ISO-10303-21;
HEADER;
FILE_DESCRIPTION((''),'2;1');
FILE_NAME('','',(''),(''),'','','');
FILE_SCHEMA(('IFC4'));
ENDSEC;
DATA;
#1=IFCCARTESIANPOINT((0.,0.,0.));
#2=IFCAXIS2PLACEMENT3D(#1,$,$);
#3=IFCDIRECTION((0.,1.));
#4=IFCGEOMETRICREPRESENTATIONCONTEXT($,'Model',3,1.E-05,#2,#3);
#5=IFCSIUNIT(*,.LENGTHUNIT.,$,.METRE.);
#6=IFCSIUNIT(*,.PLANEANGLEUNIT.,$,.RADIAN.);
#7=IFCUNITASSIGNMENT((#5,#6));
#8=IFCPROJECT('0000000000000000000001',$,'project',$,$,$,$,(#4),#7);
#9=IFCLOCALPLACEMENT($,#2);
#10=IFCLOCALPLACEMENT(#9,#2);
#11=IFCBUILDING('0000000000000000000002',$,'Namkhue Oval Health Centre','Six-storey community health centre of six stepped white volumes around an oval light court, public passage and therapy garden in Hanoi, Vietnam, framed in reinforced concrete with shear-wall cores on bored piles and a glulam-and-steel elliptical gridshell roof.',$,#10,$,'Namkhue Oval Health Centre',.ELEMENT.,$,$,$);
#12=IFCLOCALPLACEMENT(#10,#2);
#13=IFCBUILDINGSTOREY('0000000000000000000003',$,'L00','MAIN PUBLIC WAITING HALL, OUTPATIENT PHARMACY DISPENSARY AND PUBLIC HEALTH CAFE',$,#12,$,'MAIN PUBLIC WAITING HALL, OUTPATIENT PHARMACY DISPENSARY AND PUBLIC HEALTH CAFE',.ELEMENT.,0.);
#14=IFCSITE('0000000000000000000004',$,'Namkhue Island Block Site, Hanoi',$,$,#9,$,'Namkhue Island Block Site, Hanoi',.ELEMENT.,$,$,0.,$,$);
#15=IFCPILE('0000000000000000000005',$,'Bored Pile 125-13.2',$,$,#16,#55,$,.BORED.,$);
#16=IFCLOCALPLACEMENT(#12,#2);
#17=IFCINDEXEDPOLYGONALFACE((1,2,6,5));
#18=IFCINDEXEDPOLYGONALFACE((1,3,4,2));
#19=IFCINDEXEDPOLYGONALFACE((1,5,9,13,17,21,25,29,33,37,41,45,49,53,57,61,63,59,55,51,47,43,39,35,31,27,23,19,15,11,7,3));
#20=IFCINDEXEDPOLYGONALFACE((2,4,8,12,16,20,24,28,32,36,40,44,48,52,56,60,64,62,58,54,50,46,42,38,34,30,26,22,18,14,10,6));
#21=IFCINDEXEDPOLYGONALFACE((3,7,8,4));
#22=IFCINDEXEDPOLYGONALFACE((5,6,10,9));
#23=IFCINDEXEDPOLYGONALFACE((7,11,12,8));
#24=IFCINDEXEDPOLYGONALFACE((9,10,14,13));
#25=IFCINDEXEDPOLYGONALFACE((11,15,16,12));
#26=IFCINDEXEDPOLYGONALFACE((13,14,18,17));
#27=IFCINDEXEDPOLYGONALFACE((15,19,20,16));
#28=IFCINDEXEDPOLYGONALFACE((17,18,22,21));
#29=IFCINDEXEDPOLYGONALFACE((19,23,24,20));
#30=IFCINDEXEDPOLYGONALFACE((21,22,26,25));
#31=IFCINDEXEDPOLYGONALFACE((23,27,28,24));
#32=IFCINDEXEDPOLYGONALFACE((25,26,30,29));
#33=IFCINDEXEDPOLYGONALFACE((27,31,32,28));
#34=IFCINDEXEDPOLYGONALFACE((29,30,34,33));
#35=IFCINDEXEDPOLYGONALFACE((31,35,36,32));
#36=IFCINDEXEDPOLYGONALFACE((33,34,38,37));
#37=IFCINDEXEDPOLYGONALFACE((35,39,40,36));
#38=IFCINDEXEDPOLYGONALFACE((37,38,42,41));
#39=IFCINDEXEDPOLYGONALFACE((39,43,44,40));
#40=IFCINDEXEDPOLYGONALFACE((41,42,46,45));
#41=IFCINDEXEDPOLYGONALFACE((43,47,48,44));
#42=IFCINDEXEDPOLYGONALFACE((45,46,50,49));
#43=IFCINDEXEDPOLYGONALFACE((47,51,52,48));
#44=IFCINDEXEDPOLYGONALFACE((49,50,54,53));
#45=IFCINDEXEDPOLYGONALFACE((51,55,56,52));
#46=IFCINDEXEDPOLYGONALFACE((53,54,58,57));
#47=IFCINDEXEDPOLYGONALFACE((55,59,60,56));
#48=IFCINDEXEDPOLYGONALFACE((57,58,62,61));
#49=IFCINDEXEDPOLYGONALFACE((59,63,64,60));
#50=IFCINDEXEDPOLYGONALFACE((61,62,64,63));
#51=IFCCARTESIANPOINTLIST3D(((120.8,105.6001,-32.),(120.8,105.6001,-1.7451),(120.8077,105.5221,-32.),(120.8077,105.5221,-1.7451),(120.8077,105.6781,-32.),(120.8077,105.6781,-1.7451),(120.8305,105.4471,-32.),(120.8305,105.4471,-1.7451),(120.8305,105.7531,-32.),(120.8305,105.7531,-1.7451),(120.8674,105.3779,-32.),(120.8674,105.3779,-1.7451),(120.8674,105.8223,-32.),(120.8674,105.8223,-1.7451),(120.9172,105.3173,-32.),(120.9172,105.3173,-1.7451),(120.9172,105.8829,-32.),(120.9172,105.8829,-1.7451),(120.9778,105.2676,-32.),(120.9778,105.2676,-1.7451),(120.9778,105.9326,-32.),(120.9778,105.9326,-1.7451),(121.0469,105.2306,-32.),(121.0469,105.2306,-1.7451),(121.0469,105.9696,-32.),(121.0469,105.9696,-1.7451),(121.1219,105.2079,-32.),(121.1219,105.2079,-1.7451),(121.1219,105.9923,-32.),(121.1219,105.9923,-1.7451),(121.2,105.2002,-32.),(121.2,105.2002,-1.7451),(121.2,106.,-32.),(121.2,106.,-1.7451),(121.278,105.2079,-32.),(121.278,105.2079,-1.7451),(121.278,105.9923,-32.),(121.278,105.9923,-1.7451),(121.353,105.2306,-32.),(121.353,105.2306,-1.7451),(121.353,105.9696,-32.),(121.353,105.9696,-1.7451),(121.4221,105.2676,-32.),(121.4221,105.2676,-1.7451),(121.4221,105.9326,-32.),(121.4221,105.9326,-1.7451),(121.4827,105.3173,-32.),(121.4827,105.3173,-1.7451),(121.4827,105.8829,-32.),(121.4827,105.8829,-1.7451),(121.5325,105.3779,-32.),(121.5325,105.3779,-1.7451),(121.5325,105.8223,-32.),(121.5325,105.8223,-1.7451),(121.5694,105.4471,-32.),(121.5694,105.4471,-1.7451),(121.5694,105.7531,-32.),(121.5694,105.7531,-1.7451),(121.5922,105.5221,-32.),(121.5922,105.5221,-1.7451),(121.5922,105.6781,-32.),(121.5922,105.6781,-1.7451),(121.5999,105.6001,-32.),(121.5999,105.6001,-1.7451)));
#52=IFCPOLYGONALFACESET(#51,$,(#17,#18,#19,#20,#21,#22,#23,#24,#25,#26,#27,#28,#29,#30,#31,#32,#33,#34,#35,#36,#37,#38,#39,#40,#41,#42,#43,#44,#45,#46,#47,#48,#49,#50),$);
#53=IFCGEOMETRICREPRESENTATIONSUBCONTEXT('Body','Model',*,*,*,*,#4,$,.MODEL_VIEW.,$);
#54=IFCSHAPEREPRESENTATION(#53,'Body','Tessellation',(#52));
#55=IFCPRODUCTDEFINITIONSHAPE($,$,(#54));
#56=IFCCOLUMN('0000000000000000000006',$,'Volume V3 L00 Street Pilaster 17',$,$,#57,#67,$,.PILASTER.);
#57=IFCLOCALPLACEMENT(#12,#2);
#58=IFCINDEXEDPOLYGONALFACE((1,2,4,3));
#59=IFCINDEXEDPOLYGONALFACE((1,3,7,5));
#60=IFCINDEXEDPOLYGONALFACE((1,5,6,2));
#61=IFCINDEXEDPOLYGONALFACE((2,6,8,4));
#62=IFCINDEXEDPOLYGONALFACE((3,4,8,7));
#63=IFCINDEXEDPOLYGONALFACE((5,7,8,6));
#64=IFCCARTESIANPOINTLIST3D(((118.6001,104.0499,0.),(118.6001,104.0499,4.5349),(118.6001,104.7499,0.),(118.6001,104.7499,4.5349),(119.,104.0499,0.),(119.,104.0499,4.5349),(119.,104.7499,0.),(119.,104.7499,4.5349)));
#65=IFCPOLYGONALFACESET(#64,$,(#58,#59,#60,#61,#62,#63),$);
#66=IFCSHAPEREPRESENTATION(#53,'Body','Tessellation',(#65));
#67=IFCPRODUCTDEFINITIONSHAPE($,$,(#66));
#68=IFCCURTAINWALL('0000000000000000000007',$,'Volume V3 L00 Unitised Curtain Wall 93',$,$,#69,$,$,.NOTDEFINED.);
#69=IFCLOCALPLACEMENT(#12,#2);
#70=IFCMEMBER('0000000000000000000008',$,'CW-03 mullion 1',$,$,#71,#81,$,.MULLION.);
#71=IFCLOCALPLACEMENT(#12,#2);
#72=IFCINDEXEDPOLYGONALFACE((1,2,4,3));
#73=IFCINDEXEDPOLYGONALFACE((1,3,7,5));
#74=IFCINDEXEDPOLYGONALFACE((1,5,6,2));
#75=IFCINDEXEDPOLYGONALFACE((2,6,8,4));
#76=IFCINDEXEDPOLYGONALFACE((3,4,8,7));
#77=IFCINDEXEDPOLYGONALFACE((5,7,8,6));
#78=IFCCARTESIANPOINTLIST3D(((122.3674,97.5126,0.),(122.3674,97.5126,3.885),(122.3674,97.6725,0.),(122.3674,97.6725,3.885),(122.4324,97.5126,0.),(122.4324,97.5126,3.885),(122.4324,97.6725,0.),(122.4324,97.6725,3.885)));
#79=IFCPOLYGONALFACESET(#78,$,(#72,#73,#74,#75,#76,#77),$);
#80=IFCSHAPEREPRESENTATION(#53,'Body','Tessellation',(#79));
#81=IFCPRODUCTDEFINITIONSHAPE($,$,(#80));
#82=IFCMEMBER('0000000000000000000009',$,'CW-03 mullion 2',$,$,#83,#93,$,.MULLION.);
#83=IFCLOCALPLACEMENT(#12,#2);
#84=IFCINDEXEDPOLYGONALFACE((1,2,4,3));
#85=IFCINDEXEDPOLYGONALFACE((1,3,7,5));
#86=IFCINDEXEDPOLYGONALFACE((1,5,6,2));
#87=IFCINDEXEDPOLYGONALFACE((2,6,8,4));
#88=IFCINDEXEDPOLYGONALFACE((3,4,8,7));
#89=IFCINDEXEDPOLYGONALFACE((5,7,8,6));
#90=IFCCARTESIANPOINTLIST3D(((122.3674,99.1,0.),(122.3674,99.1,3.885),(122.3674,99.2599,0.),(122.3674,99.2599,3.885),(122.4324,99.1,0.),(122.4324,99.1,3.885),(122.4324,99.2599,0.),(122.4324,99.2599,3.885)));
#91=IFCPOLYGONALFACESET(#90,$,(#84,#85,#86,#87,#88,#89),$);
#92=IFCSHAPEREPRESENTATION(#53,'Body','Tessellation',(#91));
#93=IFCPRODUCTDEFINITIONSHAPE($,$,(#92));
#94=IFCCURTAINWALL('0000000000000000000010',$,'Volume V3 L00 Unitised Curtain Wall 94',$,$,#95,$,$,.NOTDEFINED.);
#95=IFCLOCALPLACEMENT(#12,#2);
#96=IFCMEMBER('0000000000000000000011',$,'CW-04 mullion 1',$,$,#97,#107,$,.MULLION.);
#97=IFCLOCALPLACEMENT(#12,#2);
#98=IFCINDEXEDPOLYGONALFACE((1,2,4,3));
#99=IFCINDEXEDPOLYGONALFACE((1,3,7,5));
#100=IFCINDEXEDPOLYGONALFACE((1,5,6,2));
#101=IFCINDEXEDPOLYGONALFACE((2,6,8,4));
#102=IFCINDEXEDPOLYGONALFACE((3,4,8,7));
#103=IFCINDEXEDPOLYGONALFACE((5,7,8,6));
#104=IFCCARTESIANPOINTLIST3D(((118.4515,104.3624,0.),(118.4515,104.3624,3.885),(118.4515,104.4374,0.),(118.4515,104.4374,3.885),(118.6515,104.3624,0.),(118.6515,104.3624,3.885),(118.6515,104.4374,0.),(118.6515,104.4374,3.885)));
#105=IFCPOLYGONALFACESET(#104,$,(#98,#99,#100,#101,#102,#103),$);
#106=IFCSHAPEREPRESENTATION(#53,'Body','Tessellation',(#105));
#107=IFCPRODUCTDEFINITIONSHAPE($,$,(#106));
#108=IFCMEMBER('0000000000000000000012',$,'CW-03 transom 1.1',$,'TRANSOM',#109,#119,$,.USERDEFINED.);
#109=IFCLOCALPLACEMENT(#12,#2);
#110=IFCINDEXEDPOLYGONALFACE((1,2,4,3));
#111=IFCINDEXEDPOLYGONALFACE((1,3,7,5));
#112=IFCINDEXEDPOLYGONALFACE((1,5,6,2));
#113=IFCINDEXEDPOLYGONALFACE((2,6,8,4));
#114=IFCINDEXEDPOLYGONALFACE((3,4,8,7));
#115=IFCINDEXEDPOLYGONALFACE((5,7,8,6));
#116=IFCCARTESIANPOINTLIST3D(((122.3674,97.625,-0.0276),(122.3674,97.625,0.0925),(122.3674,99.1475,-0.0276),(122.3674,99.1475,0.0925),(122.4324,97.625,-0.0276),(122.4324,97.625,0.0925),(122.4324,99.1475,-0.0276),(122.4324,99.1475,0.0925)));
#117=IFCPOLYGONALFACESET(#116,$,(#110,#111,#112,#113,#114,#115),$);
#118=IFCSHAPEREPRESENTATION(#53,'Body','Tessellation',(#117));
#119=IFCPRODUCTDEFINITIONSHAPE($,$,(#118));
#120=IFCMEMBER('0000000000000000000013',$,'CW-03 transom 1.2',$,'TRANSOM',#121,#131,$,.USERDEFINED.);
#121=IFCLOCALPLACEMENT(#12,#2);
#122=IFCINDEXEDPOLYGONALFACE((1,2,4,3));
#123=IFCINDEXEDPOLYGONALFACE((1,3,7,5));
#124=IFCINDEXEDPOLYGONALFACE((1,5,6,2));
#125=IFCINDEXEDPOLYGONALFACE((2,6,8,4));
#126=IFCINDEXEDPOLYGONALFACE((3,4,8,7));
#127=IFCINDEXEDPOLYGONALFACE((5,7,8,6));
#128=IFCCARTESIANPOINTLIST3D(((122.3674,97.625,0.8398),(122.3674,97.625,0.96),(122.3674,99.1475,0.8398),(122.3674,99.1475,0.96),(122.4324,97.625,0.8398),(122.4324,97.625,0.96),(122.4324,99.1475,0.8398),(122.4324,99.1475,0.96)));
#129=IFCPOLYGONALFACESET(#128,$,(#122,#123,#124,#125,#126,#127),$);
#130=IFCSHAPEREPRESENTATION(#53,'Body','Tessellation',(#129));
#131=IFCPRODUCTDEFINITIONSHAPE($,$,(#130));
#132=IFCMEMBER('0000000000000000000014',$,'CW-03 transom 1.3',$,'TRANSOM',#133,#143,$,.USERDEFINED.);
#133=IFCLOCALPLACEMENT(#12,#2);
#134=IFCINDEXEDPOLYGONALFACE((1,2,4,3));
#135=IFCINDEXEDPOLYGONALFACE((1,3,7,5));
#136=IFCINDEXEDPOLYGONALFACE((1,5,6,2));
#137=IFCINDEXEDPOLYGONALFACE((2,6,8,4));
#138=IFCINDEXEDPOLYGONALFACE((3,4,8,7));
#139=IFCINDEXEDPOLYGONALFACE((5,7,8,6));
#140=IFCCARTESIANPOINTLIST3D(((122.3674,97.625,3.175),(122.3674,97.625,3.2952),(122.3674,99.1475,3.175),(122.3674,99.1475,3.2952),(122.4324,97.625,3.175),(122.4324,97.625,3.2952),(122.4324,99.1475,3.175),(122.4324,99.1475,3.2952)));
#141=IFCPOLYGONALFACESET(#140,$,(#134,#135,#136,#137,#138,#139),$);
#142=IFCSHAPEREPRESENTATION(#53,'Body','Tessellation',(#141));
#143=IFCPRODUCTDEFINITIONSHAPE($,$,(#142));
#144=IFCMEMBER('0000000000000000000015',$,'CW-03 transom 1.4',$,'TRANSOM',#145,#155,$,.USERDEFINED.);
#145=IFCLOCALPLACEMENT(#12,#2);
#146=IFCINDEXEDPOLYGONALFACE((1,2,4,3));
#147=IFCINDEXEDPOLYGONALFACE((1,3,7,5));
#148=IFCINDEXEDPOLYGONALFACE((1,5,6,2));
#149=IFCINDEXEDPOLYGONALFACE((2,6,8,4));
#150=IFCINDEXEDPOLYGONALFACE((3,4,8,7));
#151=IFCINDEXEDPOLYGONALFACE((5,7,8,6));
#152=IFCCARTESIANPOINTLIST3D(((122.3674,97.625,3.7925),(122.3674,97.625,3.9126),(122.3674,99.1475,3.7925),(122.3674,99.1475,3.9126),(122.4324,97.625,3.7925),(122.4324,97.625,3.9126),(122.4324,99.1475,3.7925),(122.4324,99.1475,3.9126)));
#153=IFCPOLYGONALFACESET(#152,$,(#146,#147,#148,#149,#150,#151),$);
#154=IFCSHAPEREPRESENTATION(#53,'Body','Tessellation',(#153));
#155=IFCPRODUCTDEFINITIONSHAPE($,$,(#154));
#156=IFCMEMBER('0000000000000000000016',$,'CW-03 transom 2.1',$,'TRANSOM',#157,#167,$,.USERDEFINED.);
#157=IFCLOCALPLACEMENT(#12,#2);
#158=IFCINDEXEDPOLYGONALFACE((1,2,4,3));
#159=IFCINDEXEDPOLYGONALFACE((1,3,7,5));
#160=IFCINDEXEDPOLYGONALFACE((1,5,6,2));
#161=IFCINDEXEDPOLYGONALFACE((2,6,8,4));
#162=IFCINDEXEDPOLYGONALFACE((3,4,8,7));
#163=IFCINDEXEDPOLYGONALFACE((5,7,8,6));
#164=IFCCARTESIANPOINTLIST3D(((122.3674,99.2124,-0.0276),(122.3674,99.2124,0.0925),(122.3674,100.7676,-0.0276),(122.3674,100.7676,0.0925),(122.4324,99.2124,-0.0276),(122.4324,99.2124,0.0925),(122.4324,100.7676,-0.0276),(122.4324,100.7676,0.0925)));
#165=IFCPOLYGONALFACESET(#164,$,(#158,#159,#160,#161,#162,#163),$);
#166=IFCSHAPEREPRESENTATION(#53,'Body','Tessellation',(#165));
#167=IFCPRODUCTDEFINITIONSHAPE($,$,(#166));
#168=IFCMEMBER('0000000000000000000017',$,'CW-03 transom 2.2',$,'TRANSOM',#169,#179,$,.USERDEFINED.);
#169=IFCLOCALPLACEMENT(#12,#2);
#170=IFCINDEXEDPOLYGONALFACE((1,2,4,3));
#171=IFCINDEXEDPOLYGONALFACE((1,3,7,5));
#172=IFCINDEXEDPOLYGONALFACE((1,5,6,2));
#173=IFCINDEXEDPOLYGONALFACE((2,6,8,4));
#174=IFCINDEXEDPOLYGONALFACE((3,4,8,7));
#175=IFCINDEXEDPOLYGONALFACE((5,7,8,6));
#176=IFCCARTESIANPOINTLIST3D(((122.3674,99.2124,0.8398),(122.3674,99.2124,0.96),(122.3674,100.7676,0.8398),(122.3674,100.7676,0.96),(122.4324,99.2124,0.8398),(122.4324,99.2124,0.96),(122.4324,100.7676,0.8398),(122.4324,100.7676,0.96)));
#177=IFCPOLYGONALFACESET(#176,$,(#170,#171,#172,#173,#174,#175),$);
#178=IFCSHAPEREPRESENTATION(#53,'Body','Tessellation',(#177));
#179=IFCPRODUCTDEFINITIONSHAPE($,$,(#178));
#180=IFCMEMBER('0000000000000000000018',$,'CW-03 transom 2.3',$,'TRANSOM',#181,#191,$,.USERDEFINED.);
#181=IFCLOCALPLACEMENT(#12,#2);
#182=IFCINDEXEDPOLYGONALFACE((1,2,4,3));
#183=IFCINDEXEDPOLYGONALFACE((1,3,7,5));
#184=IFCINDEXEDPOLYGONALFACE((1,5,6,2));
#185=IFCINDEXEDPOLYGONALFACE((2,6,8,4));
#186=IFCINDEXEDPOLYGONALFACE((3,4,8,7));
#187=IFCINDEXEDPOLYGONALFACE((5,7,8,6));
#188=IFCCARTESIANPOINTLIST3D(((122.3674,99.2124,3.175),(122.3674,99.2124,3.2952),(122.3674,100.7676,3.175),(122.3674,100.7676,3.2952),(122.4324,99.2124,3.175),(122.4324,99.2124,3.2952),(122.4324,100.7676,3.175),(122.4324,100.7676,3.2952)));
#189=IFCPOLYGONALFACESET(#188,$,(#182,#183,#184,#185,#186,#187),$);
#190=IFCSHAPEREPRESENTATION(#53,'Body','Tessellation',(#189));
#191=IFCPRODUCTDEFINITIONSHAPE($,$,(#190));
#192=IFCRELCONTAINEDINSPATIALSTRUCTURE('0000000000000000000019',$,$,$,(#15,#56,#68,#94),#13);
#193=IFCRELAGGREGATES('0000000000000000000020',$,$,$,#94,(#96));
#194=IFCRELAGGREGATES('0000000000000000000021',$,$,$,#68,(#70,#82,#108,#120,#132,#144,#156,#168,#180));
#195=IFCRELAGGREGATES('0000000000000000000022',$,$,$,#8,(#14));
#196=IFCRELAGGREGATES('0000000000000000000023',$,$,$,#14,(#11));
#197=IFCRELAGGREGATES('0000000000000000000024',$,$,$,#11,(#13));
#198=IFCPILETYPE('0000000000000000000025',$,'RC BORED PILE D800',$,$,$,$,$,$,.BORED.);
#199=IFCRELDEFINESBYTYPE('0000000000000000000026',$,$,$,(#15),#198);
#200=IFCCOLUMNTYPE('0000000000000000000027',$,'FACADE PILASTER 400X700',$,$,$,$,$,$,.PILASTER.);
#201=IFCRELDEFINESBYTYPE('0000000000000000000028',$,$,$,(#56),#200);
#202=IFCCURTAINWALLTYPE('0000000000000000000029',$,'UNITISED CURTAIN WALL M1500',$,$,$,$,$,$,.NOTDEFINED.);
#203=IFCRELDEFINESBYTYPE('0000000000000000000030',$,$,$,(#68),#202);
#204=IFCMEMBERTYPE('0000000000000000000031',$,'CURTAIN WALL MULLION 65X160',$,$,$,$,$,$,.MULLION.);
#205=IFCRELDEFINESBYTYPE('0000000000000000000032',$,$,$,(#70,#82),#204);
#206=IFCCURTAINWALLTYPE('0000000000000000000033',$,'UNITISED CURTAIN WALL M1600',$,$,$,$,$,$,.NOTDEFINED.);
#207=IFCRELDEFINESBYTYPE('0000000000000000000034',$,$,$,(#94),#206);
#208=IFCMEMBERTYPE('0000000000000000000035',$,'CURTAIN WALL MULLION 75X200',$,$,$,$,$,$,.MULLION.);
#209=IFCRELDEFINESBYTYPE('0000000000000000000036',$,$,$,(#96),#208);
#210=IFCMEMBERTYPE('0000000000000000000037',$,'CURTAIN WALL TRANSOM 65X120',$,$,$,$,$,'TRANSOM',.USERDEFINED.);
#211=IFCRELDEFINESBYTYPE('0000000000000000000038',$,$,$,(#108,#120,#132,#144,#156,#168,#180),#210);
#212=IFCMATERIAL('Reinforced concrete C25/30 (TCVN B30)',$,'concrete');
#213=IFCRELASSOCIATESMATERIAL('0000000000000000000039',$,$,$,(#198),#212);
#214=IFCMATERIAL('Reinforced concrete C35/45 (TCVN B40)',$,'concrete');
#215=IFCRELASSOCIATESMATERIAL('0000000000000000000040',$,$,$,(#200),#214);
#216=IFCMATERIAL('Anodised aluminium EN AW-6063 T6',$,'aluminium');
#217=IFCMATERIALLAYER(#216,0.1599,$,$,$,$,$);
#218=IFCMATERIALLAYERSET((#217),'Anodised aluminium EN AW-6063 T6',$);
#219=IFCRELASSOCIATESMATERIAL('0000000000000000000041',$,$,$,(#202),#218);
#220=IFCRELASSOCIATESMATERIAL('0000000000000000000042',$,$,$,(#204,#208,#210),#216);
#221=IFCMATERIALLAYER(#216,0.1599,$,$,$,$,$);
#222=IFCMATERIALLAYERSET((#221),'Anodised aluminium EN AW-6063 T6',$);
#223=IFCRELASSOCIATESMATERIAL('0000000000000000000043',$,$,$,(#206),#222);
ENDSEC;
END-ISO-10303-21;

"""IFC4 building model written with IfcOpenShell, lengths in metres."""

from ifc_helpers import new_model, si_unit, direction, frame, origin, origin_2d, place, context, subcontext, project, spatial, rectangle, circle, extrude, material, layer, layer_set, material_profile, profile_set, type_object, element, aggregate, save


model = new_model("IFC4")

# Units and contexts
model_context = context("Model", 3, precision=1e-05, world=origin(), true_north=direction((0.0, 1.0)))
body_context = subcontext(model_context, "Body", "Model", "MODEL_VIEW")
ifc_project = project(units=[si_unit("LENGTHUNIT", "METRE"), si_unit("PLANEANGLEUNIT", "RADIAN")], contexts=[model_context])

# Site, building, storey
site_placement = place(None, origin())
site = spatial("IfcSite", under=ifc_project, at=site_placement, Name="Namkhue Island Block Site, Hanoi", LongName="Namkhue Island Block Site, Hanoi", CompositionType="ELEMENT", RefElevation=0.0)
building_placement = place(site_placement, origin())
building = spatial("IfcBuilding", under=site, at=building_placement, Name="Namkhue Oval Health Centre", Description="Six-storey community health centre of six stepped white volumes around an oval light court, public passage and therapy garden in Hanoi, Vietnam, framed in reinforced concrete with shear-wall cores on bored piles and a glulam-and-steel elliptical gridshell roof.", LongName="Namkhue Oval Health Centre", CompositionType="ELEMENT")
storey_placement = place(building_placement, origin())
storey = spatial("IfcBuildingStorey", under=building, at=storey_placement, Name="L00", Description="MAIN PUBLIC WAITING HALL, OUTPATIENT PHARMACY DISPENSARY AND PUBLIC HEALTH CAFE", LongName="MAIN PUBLIC WAITING HALL, OUTPATIENT PHARMACY DISPENSARY AND PUBLIC HEALTH CAFE", CompositionType="ELEMENT", Elevation=0.0)

# Pile
ifc_material_1 = material(Name="Reinforced concrete C25/30 (TCVN B30)", Category="concrete")
ifc_material_profile_1 = material_profile(ifc_material_1, circle(Radius=0.3999, at=origin_2d()), Name="BORED PILE D800")
ifc_profile_set_1 = profile_set([ifc_material_profile_1], Name="Reinforced concrete C25/30 (TCVN B30)")
pile_type_1 = type_object("IfcPileType", Name="RC BORED PILE D800", PredefinedType="BORED", material=ifc_profile_set_1)
for number, where, z_axis, x_axis, name in (
    (1, (121.2, 105.6001, -1.7451), (0.0, 0.0, -1.0), (1.0, 0.0, 0.0), "Bored Pile 125-13.2"),
):
    element("IfcPile", number, at=place(storey_placement, frame(where, z_axis=z_axis, x_axis=x_axis)), inside=storey, type_object=pile_type_1, Name=name, PredefinedType="BORED", context=body_context, shape_type="SweptSolid", body=[
        extrude(circle(Radius=0.3999, at=origin_2d()), origin(), (0.0, 0.0, 1.0), 30.2549),
    ])

# Column
ifc_material_2 = material(Name="Reinforced concrete C35/45 (TCVN B40)", Category="concrete")
ifc_material_profile_2 = material_profile(ifc_material_2, rectangle(XDim=0.3999, YDim=0.7, at=origin_2d()), Name="RC 400x700")
ifc_profile_set_2 = profile_set([ifc_material_profile_2], Name="Reinforced concrete C35/45 (TCVN B40)")
column_type = type_object("IfcColumnType", Name="FACADE PILASTER 400X700", PredefinedType="PILASTER", material=ifc_profile_set_2)
column_placement = place(storey_placement, frame((118.8, 104.3999, 0.0), z_axis=(0.0, 0.0, 1.0), x_axis=(1.0, 0.0, 0.0)))
element("IfcColumn", 2, at=column_placement, inside=storey, type_object=column_type, Name="Volume V3 L00 Street Pilaster 17", PredefinedType="PILASTER", context=body_context, shape_type="SweptSolid", body=[
    extrude(rectangle(XDim=0.3999, YDim=0.7, at=origin_2d()), origin(), (0.0, 0.0, 1.0), 4.5349),
])

# Curtain wall, members
ifc_material_3 = material(Name="Anodised aluminium EN AW-6063 T6", Category="aluminium")
ifc_layer_1 = layer(ifc_material_3, 0.1599)
ifc_layer_set_1 = layer_set([ifc_layer_1], Name="Anodised aluminium EN AW-6063 T6")
curtain_wall_type_1 = type_object("IfcCurtainWallType", Name="UNITISED CURTAIN WALL M1500", PredefinedType="NOTDEFINED", material=ifc_layer_set_1)
curtain_wall_1_placement = place(storey_placement, origin())
curtain_wall_1 = element("IfcCurtainWall", 3, at=curtain_wall_1_placement, inside=storey, type_object=curtain_wall_type_1, Name="Volume V3 L00 Unitised Curtain Wall 93", PredefinedType="NOTDEFINED")
ifc_material_profile_3 = material_profile(ifc_material_3, rectangle(XDim=0.0649, YDim=0.1599, at=origin_2d()), Name="ALU 65x160")
ifc_profile_set_3 = profile_set([ifc_material_profile_3], Name="Anodised aluminium EN AW-6063 T6")
member_type_1 = type_object("IfcMemberType", Name="CURTAIN WALL MULLION 65X160", PredefinedType="MULLION", material=ifc_profile_set_3)
member_1_placement = place(storey_placement, frame((122.3999, 97.5925, 0.0), z_axis=(0.0, 0.0, 1.0), x_axis=(-1.0, 0.0, 0.0)))
member_1 = element("IfcMember", 4, at=member_1_placement, type_object=member_type_1, Name="CW-03 mullion 1", PredefinedType="MULLION", context=body_context, shape_type="SweptSolid", body=[
    extrude(rectangle(XDim=0.0649, YDim=0.1599, at=origin_2d()), origin(), (0.0, 0.0, 1.0), 3.885),
])
member_2_placement = place(storey_placement, frame((122.3999, 99.1799, 0.0), z_axis=(0.0, 0.0, 1.0), x_axis=(-1.0, 0.0, 0.0)))
member_2 = element("IfcMember", 5, at=member_2_placement, type_object=member_type_1, Name="CW-03 mullion 2", PredefinedType="MULLION", context=body_context, shape_type="SweptSolid", body=[
    extrude(rectangle(XDim=0.0649, YDim=0.1599, at=origin_2d()), origin(), (0.0, 0.0, 1.0), 3.885),
])

# Curtain wall, member
ifc_layer_2 = layer(ifc_material_3, 0.1599)
ifc_layer_set_2 = layer_set([ifc_layer_2], Name="Anodised aluminium EN AW-6063 T6")
curtain_wall_type_2 = type_object("IfcCurtainWallType", Name="UNITISED CURTAIN WALL M1600", PredefinedType="NOTDEFINED", material=ifc_layer_set_2)
curtain_wall_2_placement = place(storey_placement, origin())
curtain_wall_2 = element("IfcCurtainWall", 6, at=curtain_wall_2_placement, inside=storey, type_object=curtain_wall_type_2, Name="Volume V3 L00 Unitised Curtain Wall 94", PredefinedType="NOTDEFINED")
ifc_material_profile_4 = material_profile(ifc_material_3, rectangle(XDim=0.075, YDim=0.2, at=origin_2d()), Name="ALU 75x200")
ifc_profile_set_4 = profile_set([ifc_material_profile_4], Name="Anodised aluminium EN AW-6063 T6")
member_type_2 = type_object("IfcMemberType", Name="CURTAIN WALL MULLION 75X200", PredefinedType="MULLION", material=ifc_profile_set_4)
member_3_placement = place(storey_placement, frame((118.5515, 104.3999, 0.0), z_axis=(0.0, 0.0, 1.0), x_axis=(0.0, -1.0, 0.0)))
member_3 = element("IfcMember", 7, at=member_3_placement, type_object=member_type_2, Name="CW-04 mullion 1", PredefinedType="MULLION", context=body_context, shape_type="SweptSolid", body=[
    extrude(rectangle(XDim=0.075, YDim=0.2, at=origin_2d()), origin(), (0.0, 0.0, 1.0), 3.885),
])

# Members
ifc_material_profile_5 = material_profile(ifc_material_3, rectangle(XDim=0.0649, YDim=0.1201, at=origin_2d()), Name="ALU 65x120")
ifc_profile_set_5 = profile_set([ifc_material_profile_5], Name="Anodised aluminium EN AW-6063 T6")
member_type_3 = type_object("IfcMemberType", Name="CURTAIN WALL TRANSOM 65X120", ElementType="TRANSOM", PredefinedType="USERDEFINED", material=ifc_profile_set_5)
member_4_placement = place(storey_placement, frame((122.3999, 97.625, 0.0325), z_axis=(0.0, 1.0, 0.0), x_axis=(-1.0, 0.0, 0.0)))
member_4 = element("IfcMember", 8, at=member_4_placement, type_object=member_type_3, Name="CW-03 transom 1.1", ObjectType="TRANSOM", PredefinedType="USERDEFINED", context=body_context, shape_type="SweptSolid", body=[
    extrude(rectangle(XDim=0.0649, YDim=0.1201, at=origin_2d()), origin(), (0.0, 0.0, 1.0), 1.5225),
])
member_5_placement = place(storey_placement, frame((122.3999, 97.625, 0.8999), z_axis=(0.0, 1.0, 0.0), x_axis=(-1.0, 0.0, 0.0)))
member_5 = element("IfcMember", 9, at=member_5_placement, type_object=member_type_3, Name="CW-03 transom 1.2", ObjectType="TRANSOM", PredefinedType="USERDEFINED", context=body_context, shape_type="SweptSolid", body=[
    extrude(rectangle(XDim=0.0649, YDim=0.1201, at=origin_2d()), origin(), (0.0, 0.0, 1.0), 1.5225),
])
member_6_placement = place(storey_placement, frame((122.3999, 97.625, 3.2351), z_axis=(0.0, 1.0, 0.0), x_axis=(-1.0, 0.0, 0.0)))
member_6 = element("IfcMember", 10, at=member_6_placement, type_object=member_type_3, Name="CW-03 transom 1.3", ObjectType="TRANSOM", PredefinedType="USERDEFINED", context=body_context, shape_type="SweptSolid", body=[
    extrude(rectangle(XDim=0.0649, YDim=0.1201, at=origin_2d()), origin(), (0.0, 0.0, 1.0), 1.5225),
])
member_7_placement = place(storey_placement, frame((122.3999, 97.625, 3.8525), z_axis=(0.0, 1.0, 0.0), x_axis=(-1.0, 0.0, 0.0)))
member_7 = element("IfcMember", 11, at=member_7_placement, type_object=member_type_3, Name="CW-03 transom 1.4", ObjectType="TRANSOM", PredefinedType="USERDEFINED", context=body_context, shape_type="SweptSolid", body=[
    extrude(rectangle(XDim=0.0649, YDim=0.1201, at=origin_2d()), origin(), (0.0, 0.0, 1.0), 1.5225),
])
member_8_placement = place(storey_placement, frame((122.3999, 99.2124, 0.0325), z_axis=(0.0, 1.0, 0.0), x_axis=(-1.0, 0.0, 0.0)))
member_8 = element("IfcMember", 12, at=member_8_placement, type_object=member_type_3, Name="CW-03 transom 2.1", ObjectType="TRANSOM", PredefinedType="USERDEFINED", context=body_context, shape_type="SweptSolid", body=[
    extrude(rectangle(XDim=0.0649, YDim=0.1201, at=origin_2d()), origin(), (0.0, 0.0, 1.0), 1.5552),
])
member_9_placement = place(storey_placement, frame((122.3999, 99.2124, 0.8999), z_axis=(0.0, 1.0, 0.0), x_axis=(-1.0, 0.0, 0.0)))
member_9 = element("IfcMember", 13, at=member_9_placement, type_object=member_type_3, Name="CW-03 transom 2.2", ObjectType="TRANSOM", PredefinedType="USERDEFINED", context=body_context, shape_type="SweptSolid", body=[
    extrude(rectangle(XDim=0.0649, YDim=0.1201, at=origin_2d()), origin(), (0.0, 0.0, 1.0), 1.5552),
])
member_10_placement = place(storey_placement, frame((122.3999, 99.2124, 3.2351), z_axis=(0.0, 1.0, 0.0), x_axis=(-1.0, 0.0, 0.0)))
member_10 = element("IfcMember", 14, at=member_10_placement, type_object=member_type_3, Name="CW-03 transom 2.3", ObjectType="TRANSOM", PredefinedType="USERDEFINED", context=body_context, shape_type="SweptSolid", body=[
    extrude(rectangle(XDim=0.0649, YDim=0.1201, at=origin_2d()), origin(), (0.0, 0.0, 1.0), 1.5552),
])
aggregate(curtain_wall_2, [member_3])

aggregate(curtain_wall_1, [member_1, member_2, member_4, member_5, member_6, member_7, member_8, member_9, member_10])

save(model, "model.ifc")
